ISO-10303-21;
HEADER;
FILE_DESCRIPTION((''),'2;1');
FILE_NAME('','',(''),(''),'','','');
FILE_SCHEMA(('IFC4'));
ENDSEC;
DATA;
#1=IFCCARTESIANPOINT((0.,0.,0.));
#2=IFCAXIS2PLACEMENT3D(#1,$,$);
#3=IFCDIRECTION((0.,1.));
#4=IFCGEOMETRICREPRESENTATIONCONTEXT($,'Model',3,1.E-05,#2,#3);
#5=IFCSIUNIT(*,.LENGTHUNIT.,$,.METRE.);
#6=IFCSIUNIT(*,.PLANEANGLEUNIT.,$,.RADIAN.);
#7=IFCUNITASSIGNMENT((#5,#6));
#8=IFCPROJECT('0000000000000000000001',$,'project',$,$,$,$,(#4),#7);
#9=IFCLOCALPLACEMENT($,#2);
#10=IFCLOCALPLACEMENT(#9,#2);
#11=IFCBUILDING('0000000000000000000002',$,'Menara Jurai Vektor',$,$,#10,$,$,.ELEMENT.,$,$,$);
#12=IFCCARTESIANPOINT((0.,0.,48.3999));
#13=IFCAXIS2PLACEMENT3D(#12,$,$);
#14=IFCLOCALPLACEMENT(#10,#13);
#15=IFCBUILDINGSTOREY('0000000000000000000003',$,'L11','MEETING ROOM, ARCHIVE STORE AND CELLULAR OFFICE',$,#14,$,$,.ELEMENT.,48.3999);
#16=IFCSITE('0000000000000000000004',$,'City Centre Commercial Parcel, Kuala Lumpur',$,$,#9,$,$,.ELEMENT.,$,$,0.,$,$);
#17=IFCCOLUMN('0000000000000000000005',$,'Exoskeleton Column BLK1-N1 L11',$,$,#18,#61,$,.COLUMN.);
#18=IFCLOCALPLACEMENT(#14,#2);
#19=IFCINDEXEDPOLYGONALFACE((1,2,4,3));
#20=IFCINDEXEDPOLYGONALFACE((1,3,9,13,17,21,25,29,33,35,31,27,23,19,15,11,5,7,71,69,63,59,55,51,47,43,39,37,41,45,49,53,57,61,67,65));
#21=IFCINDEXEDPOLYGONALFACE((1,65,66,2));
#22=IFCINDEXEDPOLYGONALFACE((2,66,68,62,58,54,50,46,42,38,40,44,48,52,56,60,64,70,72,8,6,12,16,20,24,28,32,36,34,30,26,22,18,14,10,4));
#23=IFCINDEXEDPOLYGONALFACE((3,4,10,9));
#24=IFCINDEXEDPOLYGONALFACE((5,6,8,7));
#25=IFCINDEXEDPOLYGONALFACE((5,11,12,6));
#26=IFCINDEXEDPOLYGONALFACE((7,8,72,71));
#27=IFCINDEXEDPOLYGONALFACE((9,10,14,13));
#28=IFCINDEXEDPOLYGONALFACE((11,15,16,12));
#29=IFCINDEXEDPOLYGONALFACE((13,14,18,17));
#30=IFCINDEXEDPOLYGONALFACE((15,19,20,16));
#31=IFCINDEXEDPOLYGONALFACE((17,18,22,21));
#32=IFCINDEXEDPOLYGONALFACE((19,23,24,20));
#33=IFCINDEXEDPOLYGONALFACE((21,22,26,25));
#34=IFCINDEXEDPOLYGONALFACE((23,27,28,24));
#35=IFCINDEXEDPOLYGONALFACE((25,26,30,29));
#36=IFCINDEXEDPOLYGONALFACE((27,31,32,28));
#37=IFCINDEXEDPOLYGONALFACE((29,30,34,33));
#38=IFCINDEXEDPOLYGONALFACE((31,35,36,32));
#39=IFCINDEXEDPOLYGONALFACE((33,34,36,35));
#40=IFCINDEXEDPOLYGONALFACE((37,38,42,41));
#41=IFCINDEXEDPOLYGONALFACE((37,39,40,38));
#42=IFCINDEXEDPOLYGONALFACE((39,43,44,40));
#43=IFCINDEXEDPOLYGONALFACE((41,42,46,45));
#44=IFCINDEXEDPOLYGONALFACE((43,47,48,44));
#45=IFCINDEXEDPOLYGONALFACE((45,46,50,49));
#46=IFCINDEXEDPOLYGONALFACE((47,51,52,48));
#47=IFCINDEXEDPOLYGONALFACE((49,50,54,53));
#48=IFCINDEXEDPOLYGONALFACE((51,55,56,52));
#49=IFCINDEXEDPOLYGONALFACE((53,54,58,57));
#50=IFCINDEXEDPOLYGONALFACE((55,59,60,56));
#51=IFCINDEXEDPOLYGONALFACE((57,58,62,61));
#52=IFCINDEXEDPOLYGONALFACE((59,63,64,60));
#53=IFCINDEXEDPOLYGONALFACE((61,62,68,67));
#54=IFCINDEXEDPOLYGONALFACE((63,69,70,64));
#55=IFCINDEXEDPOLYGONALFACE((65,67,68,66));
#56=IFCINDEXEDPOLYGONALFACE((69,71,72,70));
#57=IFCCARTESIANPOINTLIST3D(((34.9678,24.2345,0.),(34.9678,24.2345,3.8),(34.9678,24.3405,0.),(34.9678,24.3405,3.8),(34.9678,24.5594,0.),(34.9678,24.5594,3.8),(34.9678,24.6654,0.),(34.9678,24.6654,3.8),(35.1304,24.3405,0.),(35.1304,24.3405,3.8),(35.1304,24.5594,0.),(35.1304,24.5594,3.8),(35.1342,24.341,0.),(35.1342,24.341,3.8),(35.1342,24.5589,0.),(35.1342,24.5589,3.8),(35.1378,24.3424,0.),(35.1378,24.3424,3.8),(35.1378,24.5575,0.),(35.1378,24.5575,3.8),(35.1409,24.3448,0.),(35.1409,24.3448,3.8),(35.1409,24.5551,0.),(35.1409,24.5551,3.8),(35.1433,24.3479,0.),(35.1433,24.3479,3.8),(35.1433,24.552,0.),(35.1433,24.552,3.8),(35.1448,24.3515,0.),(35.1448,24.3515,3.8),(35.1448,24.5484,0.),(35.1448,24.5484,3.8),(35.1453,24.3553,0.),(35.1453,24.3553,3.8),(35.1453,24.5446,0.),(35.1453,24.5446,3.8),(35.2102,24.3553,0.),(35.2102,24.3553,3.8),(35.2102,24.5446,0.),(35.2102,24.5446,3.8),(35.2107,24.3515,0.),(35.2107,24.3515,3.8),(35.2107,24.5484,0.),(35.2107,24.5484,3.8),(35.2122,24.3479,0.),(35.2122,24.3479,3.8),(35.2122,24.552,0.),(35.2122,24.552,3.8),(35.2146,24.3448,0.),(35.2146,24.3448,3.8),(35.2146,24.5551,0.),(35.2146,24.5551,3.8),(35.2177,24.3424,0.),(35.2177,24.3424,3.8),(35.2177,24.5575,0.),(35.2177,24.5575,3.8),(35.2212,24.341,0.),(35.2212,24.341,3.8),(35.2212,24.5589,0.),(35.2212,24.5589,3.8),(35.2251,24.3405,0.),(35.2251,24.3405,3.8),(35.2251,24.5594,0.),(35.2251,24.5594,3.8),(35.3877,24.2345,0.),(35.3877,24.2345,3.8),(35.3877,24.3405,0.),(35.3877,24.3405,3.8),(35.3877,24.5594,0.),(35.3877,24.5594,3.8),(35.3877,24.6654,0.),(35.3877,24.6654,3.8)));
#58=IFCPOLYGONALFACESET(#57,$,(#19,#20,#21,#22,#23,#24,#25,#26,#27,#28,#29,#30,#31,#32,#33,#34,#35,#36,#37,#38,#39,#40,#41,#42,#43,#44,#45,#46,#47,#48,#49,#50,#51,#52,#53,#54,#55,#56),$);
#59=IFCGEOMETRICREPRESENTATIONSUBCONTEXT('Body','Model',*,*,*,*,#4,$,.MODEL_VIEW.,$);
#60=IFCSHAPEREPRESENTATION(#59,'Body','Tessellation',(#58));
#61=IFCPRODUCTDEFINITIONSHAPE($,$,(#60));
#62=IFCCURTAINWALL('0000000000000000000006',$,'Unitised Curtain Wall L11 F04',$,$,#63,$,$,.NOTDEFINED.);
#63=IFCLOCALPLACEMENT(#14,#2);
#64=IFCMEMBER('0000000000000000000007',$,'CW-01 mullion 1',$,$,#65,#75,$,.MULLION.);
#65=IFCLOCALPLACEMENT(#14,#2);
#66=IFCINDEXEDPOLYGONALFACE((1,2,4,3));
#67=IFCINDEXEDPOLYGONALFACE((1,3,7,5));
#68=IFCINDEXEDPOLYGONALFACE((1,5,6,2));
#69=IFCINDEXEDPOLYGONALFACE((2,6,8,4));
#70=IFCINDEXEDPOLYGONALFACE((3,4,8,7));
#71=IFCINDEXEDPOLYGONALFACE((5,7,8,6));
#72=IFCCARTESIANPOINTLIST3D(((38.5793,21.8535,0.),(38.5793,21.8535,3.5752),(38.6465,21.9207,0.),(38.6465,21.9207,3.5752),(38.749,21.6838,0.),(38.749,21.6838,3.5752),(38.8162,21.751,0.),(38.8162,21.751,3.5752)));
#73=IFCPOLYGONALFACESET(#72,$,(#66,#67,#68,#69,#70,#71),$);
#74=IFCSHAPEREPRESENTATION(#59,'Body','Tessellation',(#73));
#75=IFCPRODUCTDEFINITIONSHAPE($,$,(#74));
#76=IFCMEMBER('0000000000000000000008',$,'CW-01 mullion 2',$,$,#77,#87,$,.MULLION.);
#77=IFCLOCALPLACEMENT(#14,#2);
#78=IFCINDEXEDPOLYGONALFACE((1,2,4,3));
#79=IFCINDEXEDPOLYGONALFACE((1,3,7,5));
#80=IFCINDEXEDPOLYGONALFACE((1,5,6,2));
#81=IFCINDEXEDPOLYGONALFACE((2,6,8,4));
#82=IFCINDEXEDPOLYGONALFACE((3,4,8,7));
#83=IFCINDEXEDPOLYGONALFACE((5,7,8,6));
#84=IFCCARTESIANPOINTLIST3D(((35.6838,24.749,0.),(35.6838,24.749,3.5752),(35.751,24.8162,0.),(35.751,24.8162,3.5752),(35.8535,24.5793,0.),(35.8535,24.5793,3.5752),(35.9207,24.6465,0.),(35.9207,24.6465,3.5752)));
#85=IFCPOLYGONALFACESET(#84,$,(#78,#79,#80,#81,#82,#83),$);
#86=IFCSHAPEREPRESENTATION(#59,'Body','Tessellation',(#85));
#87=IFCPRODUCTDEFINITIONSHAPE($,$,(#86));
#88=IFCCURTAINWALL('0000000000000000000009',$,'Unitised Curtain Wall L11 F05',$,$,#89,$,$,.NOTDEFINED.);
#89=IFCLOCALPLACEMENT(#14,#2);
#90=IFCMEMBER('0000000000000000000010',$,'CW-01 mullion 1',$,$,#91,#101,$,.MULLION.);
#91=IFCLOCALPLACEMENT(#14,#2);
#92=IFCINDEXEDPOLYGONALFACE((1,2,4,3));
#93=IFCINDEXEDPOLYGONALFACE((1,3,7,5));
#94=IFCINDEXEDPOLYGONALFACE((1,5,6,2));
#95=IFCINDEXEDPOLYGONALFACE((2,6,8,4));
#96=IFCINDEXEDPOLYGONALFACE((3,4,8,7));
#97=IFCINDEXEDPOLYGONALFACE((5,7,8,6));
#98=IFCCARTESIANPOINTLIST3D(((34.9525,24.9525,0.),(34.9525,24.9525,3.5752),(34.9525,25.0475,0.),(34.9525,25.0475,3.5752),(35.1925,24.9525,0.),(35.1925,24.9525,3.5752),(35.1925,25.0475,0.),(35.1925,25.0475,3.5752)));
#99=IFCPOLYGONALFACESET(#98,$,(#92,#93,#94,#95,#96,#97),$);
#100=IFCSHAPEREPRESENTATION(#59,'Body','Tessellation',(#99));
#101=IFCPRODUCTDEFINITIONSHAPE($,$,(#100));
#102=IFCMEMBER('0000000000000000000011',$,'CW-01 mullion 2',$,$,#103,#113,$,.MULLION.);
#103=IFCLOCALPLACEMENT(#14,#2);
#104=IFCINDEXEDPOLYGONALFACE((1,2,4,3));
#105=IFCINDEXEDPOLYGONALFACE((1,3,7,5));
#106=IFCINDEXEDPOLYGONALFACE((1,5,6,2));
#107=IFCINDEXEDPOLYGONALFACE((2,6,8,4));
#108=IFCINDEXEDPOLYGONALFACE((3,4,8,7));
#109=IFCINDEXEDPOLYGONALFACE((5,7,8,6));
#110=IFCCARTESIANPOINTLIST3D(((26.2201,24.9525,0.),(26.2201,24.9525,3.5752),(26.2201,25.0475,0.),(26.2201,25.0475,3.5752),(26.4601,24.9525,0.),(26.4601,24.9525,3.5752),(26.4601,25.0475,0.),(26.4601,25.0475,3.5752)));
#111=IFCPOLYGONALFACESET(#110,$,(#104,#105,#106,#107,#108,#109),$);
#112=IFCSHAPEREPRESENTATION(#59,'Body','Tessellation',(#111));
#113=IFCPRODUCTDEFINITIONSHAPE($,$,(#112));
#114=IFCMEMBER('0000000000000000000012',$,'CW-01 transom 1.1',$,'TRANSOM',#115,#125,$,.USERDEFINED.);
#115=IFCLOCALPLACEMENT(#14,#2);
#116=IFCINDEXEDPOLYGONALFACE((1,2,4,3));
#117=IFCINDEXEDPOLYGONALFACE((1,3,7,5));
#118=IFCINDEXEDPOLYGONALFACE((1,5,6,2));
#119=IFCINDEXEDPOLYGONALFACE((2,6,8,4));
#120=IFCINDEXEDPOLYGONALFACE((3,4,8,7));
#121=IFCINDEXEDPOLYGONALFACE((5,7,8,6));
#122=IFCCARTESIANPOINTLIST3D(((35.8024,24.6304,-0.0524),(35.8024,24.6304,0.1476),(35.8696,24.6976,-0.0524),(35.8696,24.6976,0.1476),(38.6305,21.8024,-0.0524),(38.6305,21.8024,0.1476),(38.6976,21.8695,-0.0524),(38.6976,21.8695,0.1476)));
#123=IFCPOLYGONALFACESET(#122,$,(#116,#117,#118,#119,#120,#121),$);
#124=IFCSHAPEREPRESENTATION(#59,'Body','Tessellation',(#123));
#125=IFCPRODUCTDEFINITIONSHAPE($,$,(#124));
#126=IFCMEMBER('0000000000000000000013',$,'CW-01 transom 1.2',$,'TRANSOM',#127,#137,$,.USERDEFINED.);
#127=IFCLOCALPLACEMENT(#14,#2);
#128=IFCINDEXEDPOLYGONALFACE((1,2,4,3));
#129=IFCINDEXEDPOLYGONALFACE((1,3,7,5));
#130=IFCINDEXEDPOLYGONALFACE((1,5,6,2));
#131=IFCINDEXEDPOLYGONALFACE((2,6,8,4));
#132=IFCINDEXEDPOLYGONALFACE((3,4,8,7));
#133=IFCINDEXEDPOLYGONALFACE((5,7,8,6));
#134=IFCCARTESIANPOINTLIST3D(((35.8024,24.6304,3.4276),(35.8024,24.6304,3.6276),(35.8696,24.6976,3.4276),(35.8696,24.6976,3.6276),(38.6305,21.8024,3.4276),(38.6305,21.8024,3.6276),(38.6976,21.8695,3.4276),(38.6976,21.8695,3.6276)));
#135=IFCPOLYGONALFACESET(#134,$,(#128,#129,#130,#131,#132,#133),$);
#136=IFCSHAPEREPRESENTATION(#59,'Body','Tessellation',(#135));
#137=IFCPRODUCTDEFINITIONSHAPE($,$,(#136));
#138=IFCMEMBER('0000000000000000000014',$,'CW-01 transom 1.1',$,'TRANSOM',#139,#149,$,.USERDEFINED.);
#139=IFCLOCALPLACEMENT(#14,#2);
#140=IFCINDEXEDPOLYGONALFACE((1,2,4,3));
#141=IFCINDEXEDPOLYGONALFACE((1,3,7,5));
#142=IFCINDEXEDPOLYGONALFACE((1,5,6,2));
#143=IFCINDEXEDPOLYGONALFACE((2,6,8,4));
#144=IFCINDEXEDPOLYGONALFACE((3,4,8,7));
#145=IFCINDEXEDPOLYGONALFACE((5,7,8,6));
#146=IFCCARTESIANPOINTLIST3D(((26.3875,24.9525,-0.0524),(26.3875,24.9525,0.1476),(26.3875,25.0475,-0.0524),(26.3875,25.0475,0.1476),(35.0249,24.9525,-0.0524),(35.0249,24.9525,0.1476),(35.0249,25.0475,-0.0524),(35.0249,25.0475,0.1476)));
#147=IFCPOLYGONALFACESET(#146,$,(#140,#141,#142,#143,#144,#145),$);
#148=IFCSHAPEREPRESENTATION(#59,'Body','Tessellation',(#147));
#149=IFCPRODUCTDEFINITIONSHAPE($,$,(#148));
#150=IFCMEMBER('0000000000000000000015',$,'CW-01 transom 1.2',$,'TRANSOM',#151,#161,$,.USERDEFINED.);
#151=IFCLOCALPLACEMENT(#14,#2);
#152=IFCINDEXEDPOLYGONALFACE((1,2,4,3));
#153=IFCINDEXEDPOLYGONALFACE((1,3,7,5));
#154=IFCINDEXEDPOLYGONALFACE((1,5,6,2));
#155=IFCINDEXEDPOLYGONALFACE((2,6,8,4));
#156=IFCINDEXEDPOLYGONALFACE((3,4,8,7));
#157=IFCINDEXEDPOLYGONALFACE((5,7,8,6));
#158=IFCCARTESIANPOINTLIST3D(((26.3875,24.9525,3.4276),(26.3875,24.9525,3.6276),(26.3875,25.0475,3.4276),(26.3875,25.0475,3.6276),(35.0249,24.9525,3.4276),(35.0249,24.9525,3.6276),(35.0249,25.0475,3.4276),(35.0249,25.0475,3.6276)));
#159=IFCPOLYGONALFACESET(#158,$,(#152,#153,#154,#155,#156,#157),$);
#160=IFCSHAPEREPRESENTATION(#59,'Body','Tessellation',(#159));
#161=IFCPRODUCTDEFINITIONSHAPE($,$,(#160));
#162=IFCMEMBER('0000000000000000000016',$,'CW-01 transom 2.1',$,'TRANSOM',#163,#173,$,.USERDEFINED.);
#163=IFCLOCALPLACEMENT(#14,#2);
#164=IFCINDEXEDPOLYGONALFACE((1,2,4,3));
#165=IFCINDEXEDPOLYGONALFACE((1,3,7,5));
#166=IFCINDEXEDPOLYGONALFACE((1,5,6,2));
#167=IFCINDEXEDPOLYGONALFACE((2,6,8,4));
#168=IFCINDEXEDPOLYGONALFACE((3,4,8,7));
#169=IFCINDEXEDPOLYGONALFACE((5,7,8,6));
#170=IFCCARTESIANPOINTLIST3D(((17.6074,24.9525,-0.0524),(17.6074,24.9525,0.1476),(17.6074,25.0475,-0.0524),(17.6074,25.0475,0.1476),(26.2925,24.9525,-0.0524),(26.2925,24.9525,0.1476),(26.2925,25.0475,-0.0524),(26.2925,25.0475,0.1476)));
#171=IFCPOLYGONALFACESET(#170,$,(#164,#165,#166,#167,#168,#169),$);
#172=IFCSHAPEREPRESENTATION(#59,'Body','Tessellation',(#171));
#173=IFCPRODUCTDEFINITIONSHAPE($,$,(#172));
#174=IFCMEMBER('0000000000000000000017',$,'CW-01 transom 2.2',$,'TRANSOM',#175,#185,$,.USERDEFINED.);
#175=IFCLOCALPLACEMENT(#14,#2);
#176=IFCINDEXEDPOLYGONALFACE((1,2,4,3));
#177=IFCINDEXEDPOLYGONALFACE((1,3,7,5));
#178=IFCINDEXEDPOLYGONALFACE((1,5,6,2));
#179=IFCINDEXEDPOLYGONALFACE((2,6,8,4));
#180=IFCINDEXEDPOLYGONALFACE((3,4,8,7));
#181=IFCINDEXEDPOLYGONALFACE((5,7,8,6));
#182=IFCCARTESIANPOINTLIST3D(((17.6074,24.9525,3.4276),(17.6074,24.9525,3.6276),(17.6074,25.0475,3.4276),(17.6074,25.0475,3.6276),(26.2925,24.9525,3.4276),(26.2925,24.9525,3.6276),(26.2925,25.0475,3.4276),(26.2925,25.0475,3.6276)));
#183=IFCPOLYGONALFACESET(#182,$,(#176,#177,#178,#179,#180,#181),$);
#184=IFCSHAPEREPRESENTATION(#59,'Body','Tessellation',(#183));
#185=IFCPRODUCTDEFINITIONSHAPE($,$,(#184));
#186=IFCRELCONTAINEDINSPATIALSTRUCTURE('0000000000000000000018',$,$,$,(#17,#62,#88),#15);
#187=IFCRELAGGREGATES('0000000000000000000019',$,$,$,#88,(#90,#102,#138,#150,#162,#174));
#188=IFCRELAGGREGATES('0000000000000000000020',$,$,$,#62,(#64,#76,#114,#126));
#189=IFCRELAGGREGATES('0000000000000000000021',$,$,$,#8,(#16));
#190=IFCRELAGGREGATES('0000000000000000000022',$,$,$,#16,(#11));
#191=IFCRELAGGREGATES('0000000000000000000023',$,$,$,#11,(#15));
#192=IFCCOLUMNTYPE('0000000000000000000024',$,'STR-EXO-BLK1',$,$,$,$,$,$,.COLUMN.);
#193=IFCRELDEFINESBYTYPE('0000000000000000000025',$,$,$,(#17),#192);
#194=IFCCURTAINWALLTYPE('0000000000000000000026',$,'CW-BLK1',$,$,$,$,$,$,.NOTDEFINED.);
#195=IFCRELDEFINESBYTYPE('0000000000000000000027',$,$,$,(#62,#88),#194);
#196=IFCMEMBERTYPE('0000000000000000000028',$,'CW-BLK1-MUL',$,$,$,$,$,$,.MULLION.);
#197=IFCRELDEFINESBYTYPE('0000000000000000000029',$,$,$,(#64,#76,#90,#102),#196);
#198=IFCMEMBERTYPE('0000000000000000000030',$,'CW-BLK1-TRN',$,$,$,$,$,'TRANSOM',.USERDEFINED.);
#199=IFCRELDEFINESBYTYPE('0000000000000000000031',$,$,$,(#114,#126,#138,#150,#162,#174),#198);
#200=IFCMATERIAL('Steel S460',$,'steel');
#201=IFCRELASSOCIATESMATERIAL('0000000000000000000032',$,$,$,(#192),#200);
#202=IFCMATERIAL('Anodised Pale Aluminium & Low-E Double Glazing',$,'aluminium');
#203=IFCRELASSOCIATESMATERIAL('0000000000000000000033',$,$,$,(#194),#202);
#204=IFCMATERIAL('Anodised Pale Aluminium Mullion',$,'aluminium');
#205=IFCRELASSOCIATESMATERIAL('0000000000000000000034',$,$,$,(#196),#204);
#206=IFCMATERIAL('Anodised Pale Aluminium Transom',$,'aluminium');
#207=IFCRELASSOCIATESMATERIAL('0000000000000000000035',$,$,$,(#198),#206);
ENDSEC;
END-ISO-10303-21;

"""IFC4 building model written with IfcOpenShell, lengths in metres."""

from ifc_helpers import new_model, si_unit, direction, frame, origin, origin_2d, place, context, subcontext, project, spatial, rectangle, i_section, extrude, material, material_profile, profile_set, type_object, element, aggregate, save


model = new_model("IFC4")

# Units and contexts
model_context = context("Model", 3, precision=1e-05, world=origin(), true_north=direction((0.0, 1.0)))
body_context = subcontext(model_context, "Body", "Model", "MODEL_VIEW")
ifc_project = project(units=[si_unit("LENGTHUNIT", "METRE"), si_unit("PLANEANGLEUNIT", "RADIAN")], contexts=[model_context])

# Site, building, storey
site_placement = place(None, origin())
site = spatial("IfcSite", under=ifc_project, at=site_placement, Name="City Centre Commercial Parcel, Kuala Lumpur", CompositionType="ELEMENT", RefElevation=0.0)
building_placement = place(site_placement, origin())
building = spatial("IfcBuilding", under=site, at=building_placement, Name="Menara Jurai Vektor", CompositionType="ELEMENT")
storey_placement = place(building_placement, frame((0.0, 0.0, 48.3999)))
storey = spatial("IfcBuildingStorey", under=building, at=storey_placement, Name="L11", Description="MEETING ROOM, ARCHIVE STORE AND CELLULAR OFFICE", CompositionType="ELEMENT", Elevation=48.3999)

# Column
ifc_material_1 = material(Name="Steel S460", Category="steel")
ifc_material_profile_1 = material_profile(ifc_material_1, i_section(OverallWidth=0.4199, OverallDepth=0.4309, WebThickness=0.0649, FlangeThickness=0.106, FilletRadius=0.0149, at=origin_2d()), Name="HD 400x900")
ifc_profile_set_1 = profile_set([ifc_material_profile_1], Name="Steel S460")
column_type = type_object("IfcColumnType", Name="STR-EXO-BLK1", PredefinedType="COLUMN", material=ifc_profile_set_1)
column_placement = place(storey_placement, frame((35.1777, 24.45, 0.0), z_axis=(0.0, 0.0, 1.0), x_axis=(1.0, 0.0, 0.0)))
element("IfcColumn", 1, at=column_placement, inside=storey, type_object=column_type, Name="Exoskeleton Column BLK1-N1 L11", PredefinedType="COLUMN", context=body_context, shape_type="SweptSolid", body=[
    extrude(i_section(OverallWidth=0.4199, OverallDepth=0.4309, WebThickness=0.0649, FlangeThickness=0.106, FilletRadius=0.0149, at=origin_2d()), origin(), (0.0, 0.0, 1.0), 3.8),
])

# Curtain walls, members
ifc_material_2 = material(Name="Anodised Pale Aluminium & Low-E Double Glazing", Category="aluminium")
curtain_wall_type = type_object("IfcCurtainWallType", Name="CW-BLK1", PredefinedType="NOTDEFINED", material=ifc_material_2)
curtain_wall_1_placement = place(storey_placement, origin())
curtain_wall_1 = element("IfcCurtainWall", 2, at=curtain_wall_1_placement, inside=storey, type_object=curtain_wall_type, Name="Unitised Curtain Wall L11 F04", PredefinedType="NOTDEFINED")
ifc_material_3 = material(Name="Anodised Pale Aluminium Mullion", Category="aluminium")
ifc_material_profile_2 = material_profile(ifc_material_3, rectangle(XDim=0.095, YDim=0.24, at=origin_2d()), Name="ALU MUL 95x240")
ifc_profile_set_2 = profile_set([ifc_material_profile_2], Name="Anodised Pale Aluminium Mullion")
member_type_1 = type_object("IfcMemberType", Name="CW-BLK1-MUL", PredefinedType="MULLION", material=ifc_profile_set_2)
member_1_placement = place(storey_placement, frame((38.6978, 21.8022, 0.0), z_axis=(0.0, 0.0, 1.0), x_axis=(-0.707107, -0.707107, 0.0)))
member_1 = element("IfcMember", 3, at=member_1_placement, type_object=member_type_1, Name="CW-01 mullion 1", PredefinedType="MULLION", context=body_context, shape_type="SweptSolid", body=[
    extrude(rectangle(XDim=0.095, YDim=0.24, at=origin_2d()), origin(), (0.0, 0.0, 1.0), 3.5752),
])
member_2_placement = place(storey_placement, frame((35.8022, 24.6978, 0.0), z_axis=(0.0, 0.0, 1.0), x_axis=(-0.707107, -0.707107, 0.0)))
member_2 = element("IfcMember", 4, at=member_2_placement, type_object=member_type_1, Name="CW-01 mullion 2", PredefinedType="MULLION", context=body_context, shape_type="SweptSolid", body=[
    extrude(rectangle(XDim=0.095, YDim=0.24, at=origin_2d()), origin(), (0.0, 0.0, 1.0), 3.5752),
])
curtain_wall_2_placement = place(storey_placement, origin())
curtain_wall_2 = element("IfcCurtainWall", 5, at=curtain_wall_2_placement, inside=storey, type_object=curtain_wall_type, Name="Unitised Curtain Wall L11 F05", PredefinedType="NOTDEFINED")
member_3_placement = place(storey_placement, frame((35.0725, 25.0, 0.0), z_axis=(0.0, 0.0, 1.0), x_axis=(0.0, -1.0, 0.0)))
member_3 = element("IfcMember", 6, at=member_3_placement, type_object=member_type_1, Name="CW-01 mullion 1", PredefinedType="MULLION", context=body_context, shape_type="SweptSolid", body=[
    extrude(rectangle(XDim=0.095, YDim=0.24, at=origin_2d()), origin(), (0.0, 0.0, 1.0), 3.5752),
])
member_4_placement = place(storey_placement, frame((26.3401, 25.0, 0.0), z_axis=(0.0, 0.0, 1.0), x_axis=(0.0, -1.0, 0.0)))
member_4 = element("IfcMember", 7, at=member_4_placement, type_object=member_type_1, Name="CW-01 mullion 2", PredefinedType="MULLION", context=body_context, shape_type="SweptSolid", body=[
    extrude(rectangle(XDim=0.095, YDim=0.24, at=origin_2d()), origin(), (0.0, 0.0, 1.0), 3.5752),
])

# Members
ifc_material_4 = material(Name="Anodised Pale Aluminium Transom", Category="aluminium")
ifc_material_profile_3 = material_profile(ifc_material_4, rectangle(XDim=0.095, YDim=0.2, at=origin_2d()), Name="ALU TRN 95x200")
ifc_profile_set_3 = profile_set([ifc_material_profile_3], Name="Anodised Pale Aluminium Transom")
member_type_2 = type_object("IfcMemberType", Name="CW-BLK1-TRN", ElementType="TRANSOM", PredefinedType="USERDEFINED", material=ifc_profile_set_3)
member_5_placement = place(storey_placement, frame((38.6641, 21.8359, 0.0476), z_axis=(-0.707107, 0.707107, 0.0), x_axis=(-0.707107, -0.707107, 0.0)))
member_5 = element("IfcMember", 8, at=member_5_placement, type_object=member_type_2, Name="CW-01 transom 1.1", ObjectType="TRANSOM", PredefinedType="USERDEFINED", context=body_context, shape_type="SweptSolid", body=[
    extrude(rectangle(XDim=0.095, YDim=0.2, at=origin_2d()), origin(), (0.0, 0.0, 1.0), 3.9995),
])
member_6_placement = place(storey_placement, frame((38.6641, 21.8359, 3.5276), z_axis=(-0.707107, 0.707107, 0.0), x_axis=(-0.707107, -0.707107, 0.0)))
member_6 = element("IfcMember", 9, at=member_6_placement, type_object=member_type_2, Name="CW-01 transom 1.2", ObjectType="TRANSOM", PredefinedType="USERDEFINED", context=body_context, shape_type="SweptSolid", body=[
    extrude(rectangle(XDim=0.095, YDim=0.2, at=origin_2d()), origin(), (0.0, 0.0, 1.0), 3.9995),
])
member_7_placement = place(storey_placement, frame((35.0249, 25.0, 0.0476), z_axis=(-1.0, 0.0, 0.0), x_axis=(0.0, -1.0, 0.0)))
member_7 = element("IfcMember", 10, at=member_7_placement, type_object=member_type_2, Name="CW-01 transom 1.1", ObjectType="TRANSOM", PredefinedType="USERDEFINED", context=body_context, shape_type="SweptSolid", body=[
    extrude(rectangle(XDim=0.095, YDim=0.2, at=origin_2d()), origin(), (0.0, 0.0, 1.0), 8.6375),
])
member_8_placement = place(storey_placement, frame((35.0249, 25.0, 3.5276), z_axis=(-1.0, 0.0, 0.0), x_axis=(0.0, -1.0, 0.0)))
member_8 = element("IfcMember", 11, at=member_8_placement, type_object=member_type_2, Name="CW-01 transom 1.2", ObjectType="TRANSOM", PredefinedType="USERDEFINED", context=body_context, shape_type="SweptSolid", body=[
    extrude(rectangle(XDim=0.095, YDim=0.2, at=origin_2d()), origin(), (0.0, 0.0, 1.0), 8.6375),
])
member_9_placement = place(storey_placement, frame((26.2925, 25.0, 0.0476), z_axis=(-1.0, 0.0, 0.0), x_axis=(0.0, -1.0, 0.0)))
member_9 = element("IfcMember", 12, at=member_9_placement, type_object=member_type_2, Name="CW-01 transom 2.1", ObjectType="TRANSOM", PredefinedType="USERDEFINED", context=body_context, shape_type="SweptSolid", body=[
    extrude(rectangle(XDim=0.095, YDim=0.2, at=origin_2d()), origin(), (0.0, 0.0, 1.0), 8.6851),
])
member_10_placement = place(storey_placement, frame((26.2925, 25.0, 3.5276), z_axis=(-1.0, 0.0, 0.0), x_axis=(0.0, -1.0, 0.0)))
member_10 = element("IfcMember", 13, at=member_10_placement, type_object=member_type_2, Name="CW-01 transom 2.2", ObjectType="TRANSOM", PredefinedType="USERDEFINED", context=body_context, shape_type="SweptSolid", body=[
    extrude(rectangle(XDim=0.095, YDim=0.2, at=origin_2d()), origin(), (0.0, 0.0, 1.0), 8.6851),
])

aggregate(curtain_wall_2, [member_3, member_4, member_7, member_8, member_9, member_10])
aggregate(curtain_wall_1, [member_1, member_2, member_5, member_6])

save(model, "model.ifc")
